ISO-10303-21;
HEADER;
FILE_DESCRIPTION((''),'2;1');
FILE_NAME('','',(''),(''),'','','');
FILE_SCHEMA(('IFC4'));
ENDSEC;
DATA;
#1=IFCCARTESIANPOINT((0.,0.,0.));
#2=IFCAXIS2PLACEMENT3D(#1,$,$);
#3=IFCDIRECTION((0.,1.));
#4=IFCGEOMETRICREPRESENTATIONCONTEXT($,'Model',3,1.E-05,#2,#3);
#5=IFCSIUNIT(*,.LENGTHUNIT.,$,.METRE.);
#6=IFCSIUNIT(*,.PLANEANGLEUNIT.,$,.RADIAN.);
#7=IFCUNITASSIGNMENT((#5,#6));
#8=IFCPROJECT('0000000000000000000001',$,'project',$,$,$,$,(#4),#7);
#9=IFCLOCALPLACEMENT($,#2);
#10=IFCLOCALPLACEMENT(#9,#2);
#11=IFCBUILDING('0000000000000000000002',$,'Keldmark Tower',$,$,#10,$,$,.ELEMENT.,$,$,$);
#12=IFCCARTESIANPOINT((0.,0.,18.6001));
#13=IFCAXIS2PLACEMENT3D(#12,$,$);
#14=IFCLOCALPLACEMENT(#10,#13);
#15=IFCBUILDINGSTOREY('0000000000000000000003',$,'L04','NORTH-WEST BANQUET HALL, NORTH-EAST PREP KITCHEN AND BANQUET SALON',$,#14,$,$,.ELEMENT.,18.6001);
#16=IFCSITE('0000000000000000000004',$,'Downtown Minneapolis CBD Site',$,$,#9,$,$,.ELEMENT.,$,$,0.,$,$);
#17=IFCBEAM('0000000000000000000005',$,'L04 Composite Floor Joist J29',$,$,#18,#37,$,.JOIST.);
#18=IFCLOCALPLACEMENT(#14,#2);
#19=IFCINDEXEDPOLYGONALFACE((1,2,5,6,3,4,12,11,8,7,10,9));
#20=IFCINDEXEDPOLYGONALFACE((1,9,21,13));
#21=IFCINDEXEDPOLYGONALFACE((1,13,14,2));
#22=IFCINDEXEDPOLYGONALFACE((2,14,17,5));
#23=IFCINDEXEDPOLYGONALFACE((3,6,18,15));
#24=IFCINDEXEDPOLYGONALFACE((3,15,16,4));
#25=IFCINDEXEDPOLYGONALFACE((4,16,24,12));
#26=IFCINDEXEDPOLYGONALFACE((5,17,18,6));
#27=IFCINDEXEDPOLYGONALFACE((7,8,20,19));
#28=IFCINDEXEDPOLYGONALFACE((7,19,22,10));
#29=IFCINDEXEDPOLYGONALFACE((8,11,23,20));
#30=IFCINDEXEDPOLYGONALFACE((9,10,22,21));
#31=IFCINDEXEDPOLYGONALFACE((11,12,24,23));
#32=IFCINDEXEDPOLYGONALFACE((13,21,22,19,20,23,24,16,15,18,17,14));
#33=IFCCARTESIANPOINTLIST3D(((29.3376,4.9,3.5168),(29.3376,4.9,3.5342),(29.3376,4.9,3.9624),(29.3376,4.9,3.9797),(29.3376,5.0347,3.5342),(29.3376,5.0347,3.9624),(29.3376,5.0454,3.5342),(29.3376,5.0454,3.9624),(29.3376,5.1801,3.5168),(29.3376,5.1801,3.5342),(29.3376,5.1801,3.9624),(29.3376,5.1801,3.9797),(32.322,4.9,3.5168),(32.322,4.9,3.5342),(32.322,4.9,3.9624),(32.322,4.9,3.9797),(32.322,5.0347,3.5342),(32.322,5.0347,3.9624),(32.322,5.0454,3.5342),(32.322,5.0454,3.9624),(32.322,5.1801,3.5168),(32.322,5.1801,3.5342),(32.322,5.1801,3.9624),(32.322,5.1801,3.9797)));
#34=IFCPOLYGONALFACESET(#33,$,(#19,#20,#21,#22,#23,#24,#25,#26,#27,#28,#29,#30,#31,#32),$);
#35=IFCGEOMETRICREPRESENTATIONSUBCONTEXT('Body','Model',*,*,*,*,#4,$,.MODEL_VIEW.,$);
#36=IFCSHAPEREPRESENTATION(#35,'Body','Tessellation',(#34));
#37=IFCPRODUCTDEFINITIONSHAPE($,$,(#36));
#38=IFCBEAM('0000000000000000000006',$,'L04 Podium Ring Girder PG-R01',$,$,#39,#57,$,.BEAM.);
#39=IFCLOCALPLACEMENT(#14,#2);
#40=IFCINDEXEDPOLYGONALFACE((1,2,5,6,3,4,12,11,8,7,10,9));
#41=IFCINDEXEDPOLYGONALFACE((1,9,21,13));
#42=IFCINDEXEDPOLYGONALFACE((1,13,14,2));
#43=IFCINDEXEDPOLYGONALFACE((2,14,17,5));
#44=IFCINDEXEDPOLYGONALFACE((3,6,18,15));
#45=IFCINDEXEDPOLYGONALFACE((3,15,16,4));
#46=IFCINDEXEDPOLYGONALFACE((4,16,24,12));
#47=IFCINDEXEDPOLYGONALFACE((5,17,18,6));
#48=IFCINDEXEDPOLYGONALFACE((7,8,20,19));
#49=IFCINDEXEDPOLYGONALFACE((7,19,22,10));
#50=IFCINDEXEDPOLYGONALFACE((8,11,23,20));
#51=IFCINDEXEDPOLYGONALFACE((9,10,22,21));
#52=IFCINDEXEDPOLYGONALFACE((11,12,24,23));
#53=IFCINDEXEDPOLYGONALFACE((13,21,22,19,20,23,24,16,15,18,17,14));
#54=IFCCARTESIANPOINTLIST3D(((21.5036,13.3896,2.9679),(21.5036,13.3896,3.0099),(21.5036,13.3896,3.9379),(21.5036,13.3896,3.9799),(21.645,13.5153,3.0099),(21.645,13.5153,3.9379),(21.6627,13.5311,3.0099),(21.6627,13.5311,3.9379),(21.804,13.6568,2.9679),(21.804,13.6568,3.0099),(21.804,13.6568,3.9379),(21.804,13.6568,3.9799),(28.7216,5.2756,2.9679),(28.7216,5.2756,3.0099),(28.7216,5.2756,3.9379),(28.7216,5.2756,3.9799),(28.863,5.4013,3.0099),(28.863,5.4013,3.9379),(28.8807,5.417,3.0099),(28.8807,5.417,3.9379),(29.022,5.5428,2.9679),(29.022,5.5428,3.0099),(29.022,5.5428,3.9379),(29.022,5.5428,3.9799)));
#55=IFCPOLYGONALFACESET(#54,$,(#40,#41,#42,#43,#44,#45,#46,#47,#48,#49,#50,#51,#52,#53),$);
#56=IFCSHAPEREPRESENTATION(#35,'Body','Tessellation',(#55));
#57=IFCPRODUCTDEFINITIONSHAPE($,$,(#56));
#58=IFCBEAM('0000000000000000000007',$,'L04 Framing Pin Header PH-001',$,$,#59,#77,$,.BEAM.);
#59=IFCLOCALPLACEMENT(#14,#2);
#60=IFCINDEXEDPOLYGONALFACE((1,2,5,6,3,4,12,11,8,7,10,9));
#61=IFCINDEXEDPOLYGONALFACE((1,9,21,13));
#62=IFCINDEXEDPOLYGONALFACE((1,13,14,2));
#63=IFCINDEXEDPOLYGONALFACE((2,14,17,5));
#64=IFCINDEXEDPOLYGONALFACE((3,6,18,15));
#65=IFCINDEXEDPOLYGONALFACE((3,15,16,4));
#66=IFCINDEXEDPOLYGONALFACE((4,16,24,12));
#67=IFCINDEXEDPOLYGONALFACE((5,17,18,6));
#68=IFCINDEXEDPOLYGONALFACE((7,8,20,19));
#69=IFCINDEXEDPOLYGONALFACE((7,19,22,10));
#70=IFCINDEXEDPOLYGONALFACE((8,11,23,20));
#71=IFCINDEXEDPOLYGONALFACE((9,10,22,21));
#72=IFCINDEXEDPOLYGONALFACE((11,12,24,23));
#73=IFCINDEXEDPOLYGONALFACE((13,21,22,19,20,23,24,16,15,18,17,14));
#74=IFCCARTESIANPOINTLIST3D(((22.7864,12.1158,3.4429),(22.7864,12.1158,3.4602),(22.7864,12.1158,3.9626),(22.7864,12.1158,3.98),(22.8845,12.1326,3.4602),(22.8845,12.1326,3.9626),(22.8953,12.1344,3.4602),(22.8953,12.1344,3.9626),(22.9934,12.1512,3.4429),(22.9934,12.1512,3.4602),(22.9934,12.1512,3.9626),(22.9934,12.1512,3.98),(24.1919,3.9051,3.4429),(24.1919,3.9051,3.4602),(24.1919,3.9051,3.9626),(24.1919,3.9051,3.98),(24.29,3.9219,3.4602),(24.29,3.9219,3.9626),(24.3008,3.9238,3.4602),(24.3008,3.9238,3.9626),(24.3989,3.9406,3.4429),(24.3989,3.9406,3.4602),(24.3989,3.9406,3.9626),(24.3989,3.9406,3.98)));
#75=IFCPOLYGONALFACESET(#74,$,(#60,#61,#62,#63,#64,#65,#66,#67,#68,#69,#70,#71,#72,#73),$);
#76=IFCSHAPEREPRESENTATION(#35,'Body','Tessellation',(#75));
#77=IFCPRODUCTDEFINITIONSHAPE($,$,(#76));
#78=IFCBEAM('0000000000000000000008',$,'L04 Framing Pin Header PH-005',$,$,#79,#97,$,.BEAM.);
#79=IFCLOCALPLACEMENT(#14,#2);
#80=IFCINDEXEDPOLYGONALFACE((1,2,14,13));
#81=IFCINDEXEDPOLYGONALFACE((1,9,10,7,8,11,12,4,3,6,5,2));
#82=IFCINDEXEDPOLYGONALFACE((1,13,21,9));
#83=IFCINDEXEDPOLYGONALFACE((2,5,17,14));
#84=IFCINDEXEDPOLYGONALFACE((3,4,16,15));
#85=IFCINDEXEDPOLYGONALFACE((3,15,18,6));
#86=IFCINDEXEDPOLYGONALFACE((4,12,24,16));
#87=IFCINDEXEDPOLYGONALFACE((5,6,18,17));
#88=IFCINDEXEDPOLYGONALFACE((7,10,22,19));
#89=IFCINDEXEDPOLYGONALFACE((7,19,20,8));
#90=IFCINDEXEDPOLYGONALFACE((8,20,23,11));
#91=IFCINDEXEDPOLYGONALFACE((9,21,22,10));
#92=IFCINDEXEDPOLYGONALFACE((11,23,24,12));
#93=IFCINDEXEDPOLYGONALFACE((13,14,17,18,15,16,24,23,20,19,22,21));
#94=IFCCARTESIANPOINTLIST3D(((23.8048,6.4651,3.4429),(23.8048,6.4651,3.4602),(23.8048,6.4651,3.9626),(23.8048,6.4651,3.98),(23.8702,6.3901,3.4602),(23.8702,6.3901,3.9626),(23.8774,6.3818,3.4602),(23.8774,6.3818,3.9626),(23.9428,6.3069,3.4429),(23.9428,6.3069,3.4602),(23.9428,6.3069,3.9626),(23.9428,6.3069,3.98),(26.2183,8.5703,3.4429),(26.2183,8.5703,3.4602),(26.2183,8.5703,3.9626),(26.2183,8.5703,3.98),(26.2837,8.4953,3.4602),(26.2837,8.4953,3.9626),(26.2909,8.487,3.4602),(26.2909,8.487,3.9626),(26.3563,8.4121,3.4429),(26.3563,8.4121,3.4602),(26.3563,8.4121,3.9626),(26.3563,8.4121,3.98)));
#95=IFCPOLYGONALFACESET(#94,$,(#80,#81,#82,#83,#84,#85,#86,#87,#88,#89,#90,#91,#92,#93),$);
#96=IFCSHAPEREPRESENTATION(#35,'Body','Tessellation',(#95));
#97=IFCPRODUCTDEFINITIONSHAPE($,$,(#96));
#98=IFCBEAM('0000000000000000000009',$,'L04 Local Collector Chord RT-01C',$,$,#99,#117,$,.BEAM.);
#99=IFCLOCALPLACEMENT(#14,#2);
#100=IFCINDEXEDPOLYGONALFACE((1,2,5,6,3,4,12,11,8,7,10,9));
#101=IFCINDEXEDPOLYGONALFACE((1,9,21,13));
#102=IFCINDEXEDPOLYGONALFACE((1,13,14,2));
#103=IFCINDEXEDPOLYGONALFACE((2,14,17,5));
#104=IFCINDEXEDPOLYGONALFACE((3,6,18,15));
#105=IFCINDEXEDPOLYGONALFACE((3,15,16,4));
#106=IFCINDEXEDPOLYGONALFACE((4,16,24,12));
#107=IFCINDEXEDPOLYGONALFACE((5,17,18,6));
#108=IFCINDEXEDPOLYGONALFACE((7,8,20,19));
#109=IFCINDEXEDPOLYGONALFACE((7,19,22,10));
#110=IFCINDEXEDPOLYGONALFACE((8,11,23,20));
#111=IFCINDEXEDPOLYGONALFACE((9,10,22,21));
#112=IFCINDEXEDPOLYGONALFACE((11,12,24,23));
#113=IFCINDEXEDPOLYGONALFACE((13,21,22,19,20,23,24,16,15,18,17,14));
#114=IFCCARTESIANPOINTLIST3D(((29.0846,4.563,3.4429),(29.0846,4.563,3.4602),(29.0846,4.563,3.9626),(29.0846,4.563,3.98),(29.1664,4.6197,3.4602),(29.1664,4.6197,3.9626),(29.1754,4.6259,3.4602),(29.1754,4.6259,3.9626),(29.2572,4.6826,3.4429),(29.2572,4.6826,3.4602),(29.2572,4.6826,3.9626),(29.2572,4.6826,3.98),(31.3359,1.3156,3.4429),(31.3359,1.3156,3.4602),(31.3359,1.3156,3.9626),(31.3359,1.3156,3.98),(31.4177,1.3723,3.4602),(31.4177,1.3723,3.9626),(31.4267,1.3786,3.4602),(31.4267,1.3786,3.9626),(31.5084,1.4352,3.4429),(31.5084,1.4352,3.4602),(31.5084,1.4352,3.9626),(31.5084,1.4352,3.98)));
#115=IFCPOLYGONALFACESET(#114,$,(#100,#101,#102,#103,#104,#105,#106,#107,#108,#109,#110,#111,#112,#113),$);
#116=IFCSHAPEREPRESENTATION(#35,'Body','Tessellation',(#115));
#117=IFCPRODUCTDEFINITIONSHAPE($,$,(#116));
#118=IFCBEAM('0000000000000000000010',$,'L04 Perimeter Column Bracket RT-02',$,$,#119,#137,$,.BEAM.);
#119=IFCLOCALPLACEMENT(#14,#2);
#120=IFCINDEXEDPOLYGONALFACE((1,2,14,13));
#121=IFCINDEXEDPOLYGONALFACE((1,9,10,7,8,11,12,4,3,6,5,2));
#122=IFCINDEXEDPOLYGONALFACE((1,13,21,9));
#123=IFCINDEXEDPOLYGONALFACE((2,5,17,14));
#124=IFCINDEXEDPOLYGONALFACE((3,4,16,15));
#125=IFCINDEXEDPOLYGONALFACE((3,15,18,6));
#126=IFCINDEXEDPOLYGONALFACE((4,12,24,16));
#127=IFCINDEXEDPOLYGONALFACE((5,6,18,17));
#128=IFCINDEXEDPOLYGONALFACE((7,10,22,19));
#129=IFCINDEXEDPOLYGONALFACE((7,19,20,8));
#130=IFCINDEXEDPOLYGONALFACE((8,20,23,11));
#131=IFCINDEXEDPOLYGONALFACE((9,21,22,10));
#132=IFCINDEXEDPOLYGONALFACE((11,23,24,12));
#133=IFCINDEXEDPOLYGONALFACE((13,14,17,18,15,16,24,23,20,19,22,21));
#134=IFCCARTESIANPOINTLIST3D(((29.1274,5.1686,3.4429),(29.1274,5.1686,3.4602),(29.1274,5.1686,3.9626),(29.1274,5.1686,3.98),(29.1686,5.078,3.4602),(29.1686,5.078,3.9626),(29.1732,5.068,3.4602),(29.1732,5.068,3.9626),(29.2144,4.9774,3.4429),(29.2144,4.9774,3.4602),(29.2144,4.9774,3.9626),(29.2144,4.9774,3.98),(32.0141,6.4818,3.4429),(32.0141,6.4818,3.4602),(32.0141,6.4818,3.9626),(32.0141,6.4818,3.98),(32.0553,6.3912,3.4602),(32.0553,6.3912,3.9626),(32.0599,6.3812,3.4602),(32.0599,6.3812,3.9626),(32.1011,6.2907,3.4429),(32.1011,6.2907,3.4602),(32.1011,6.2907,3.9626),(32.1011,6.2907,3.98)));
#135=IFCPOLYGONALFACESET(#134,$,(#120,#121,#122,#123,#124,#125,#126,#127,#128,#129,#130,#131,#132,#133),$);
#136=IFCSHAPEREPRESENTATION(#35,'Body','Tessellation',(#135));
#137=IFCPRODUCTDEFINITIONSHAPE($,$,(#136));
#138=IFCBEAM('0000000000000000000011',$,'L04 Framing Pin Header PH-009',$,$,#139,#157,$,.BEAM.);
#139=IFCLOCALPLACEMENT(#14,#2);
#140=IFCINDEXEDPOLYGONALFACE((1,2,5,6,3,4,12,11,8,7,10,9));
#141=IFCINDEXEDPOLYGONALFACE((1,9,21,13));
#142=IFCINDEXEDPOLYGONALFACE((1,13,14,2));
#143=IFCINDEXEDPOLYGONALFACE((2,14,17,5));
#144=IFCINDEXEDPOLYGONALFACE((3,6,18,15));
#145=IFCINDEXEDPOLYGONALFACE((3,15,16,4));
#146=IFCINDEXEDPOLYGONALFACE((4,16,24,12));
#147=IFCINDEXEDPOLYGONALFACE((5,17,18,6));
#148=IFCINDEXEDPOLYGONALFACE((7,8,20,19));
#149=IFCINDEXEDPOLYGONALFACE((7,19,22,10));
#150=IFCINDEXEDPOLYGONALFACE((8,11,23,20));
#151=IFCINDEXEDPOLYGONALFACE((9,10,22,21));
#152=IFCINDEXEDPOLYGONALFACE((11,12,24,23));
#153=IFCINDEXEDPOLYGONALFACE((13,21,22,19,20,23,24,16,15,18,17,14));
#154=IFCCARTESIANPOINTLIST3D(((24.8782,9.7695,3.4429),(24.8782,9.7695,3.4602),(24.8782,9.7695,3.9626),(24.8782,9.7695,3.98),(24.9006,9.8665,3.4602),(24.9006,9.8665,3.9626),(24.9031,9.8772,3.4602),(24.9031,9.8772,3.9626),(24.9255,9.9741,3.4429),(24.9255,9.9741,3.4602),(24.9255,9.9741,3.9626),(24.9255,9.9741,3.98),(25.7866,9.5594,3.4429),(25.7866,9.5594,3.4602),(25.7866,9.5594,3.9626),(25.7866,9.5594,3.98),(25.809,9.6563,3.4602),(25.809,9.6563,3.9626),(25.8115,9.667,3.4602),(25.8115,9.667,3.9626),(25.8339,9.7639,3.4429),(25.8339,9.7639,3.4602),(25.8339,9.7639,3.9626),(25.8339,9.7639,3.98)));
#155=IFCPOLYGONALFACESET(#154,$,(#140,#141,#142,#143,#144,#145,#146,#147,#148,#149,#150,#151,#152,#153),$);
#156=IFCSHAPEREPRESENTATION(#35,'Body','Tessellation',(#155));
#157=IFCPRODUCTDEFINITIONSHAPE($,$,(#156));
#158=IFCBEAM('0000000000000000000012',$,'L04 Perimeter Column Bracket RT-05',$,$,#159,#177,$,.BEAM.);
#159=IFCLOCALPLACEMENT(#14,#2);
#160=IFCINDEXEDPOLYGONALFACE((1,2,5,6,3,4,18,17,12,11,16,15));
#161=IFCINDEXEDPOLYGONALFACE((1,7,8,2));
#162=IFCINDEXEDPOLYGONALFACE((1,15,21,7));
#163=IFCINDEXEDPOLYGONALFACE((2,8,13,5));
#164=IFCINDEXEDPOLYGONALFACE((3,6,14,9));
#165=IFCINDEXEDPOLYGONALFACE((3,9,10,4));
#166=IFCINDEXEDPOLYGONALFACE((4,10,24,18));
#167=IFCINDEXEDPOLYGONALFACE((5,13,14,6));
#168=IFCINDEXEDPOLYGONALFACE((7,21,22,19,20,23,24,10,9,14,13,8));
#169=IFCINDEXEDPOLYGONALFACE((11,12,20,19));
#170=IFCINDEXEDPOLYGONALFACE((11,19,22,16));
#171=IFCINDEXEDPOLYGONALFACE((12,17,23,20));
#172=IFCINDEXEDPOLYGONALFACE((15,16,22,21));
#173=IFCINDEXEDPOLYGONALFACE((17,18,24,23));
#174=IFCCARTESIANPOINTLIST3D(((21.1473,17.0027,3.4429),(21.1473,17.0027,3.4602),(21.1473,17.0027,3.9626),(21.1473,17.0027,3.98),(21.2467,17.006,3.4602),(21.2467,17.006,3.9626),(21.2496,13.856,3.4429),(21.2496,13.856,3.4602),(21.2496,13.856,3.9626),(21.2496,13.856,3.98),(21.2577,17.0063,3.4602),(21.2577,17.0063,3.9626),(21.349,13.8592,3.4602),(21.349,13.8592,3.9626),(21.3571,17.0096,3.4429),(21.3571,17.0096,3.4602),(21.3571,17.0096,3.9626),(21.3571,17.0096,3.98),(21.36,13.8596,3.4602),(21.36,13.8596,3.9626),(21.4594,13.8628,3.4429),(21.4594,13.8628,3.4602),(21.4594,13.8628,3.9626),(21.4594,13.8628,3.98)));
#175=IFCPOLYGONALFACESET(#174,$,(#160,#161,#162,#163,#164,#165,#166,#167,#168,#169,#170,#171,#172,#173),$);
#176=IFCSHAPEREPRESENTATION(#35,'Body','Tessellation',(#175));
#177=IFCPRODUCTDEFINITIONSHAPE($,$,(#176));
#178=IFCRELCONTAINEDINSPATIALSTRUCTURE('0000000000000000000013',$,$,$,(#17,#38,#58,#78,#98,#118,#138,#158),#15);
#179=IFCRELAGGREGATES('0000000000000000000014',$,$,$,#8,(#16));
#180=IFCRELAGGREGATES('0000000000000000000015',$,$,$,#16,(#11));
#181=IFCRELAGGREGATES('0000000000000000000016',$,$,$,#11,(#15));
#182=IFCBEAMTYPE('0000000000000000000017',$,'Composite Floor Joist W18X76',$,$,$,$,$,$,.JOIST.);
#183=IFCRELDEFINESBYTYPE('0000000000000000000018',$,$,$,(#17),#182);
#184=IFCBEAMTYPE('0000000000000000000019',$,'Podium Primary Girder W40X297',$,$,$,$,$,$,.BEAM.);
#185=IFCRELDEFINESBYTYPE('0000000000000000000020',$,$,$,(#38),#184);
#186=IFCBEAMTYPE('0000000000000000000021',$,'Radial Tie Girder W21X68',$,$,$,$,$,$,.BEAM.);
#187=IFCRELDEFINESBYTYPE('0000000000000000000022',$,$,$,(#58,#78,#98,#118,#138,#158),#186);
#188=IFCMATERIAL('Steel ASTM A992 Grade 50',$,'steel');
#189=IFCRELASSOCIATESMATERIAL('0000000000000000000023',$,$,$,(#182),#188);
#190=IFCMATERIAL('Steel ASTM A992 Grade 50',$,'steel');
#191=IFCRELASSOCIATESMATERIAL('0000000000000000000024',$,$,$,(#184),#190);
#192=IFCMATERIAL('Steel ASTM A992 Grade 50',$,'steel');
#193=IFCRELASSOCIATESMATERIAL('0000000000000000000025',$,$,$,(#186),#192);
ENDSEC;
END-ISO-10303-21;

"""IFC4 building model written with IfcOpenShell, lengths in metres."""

from ifc_helpers import new_model, si_unit, direction, frame, origin, origin_2d, place, context, subcontext, project, spatial, i_section, extrude, material, material_profile, profile_set, type_object, element, save


model = new_model("IFC4")

# Units and contexts
model_context = context("Model", 3, precision=1e-05, world=origin(), true_north=direction((0.0, 1.0)))
body_context = subcontext(model_context, "Body", "Model", "MODEL_VIEW")
ifc_project = project(units=[si_unit("LENGTHUNIT", "METRE"), si_unit("PLANEANGLEUNIT", "RADIAN")], contexts=[model_context])

# Site, building, storey
site_placement = place(None, origin())
site = spatial("IfcSite", under=ifc_project, at=site_placement, Name="Downtown Minneapolis CBD Site", CompositionType="ELEMENT", RefElevation=0.0)
building_placement = place(site_placement, origin())
building = spatial("IfcBuilding", under=site, at=building_placement, Name="Keldmark Tower", CompositionType="ELEMENT")
storey_placement = place(building_placement, frame((0.0, 0.0, 18.6001)))
storey = spatial("IfcBuildingStorey", under=building, at=storey_placement, Name="L04", Description="NORTH-WEST BANQUET HALL, NORTH-EAST PREP KITCHEN AND BANQUET SALON", CompositionType="ELEMENT", Elevation=18.6001)

# Beams
ifc_material_1 = material(Name="Steel ASTM A992 Grade 50", Category="steel")
ifc_material_profile_1 = material_profile(ifc_material_1, i_section(OverallWidth=0.28, OverallDepth=0.4629, WebThickness=0.0107, FlangeThickness=0.0173, at=origin_2d()), Name="W18X76")
ifc_profile_set_1 = profile_set([ifc_material_profile_1], Name="Steel ASTM A992 Grade 50")
beam_type_1 = type_object("IfcBeamType", Name="Composite Floor Joist W18X76", PredefinedType="JOIST", material=ifc_profile_set_1)
beam_1_placement = place(storey_placement, frame((29.3376, 5.04, 3.7483), z_axis=(1.0, 0.0, 0.0), x_axis=(0.0, 1.0, 0.0)))
element("IfcBeam", 1, at=beam_1_placement, inside=storey, type_object=beam_type_1, Name="L04 Composite Floor Joist J29", PredefinedType="JOIST", context=body_context, shape_type="SweptSolid", body=[
    extrude(i_section(OverallWidth=0.28, OverallDepth=0.4629, WebThickness=0.0107, FlangeThickness=0.0173, at=origin_2d()), origin(), (0.0, 0.0, 1.0), 2.9844),
])
ifc_material_2 = material(Name="Steel ASTM A992 Grade 50", Category="steel")
ifc_material_profile_2 = material_profile(ifc_material_2, i_section(OverallWidth=0.4021, OverallDepth=1.012, WebThickness=0.0237, FlangeThickness=0.042, at=origin_2d()), Name="W40X297")
ifc_profile_set_2 = profile_set([ifc_material_profile_2], Name="Steel ASTM A992 Grade 50")
beam_type_2 = type_object("IfcBeamType", Name="Podium Primary Girder W40X297", PredefinedType="BEAM", material=ifc_profile_set_2)
beam_2_placement = place(storey_placement, frame((28.8718, 5.4092, 3.4739), z_axis=(-0.66465, 0.747155, 0.0), x_axis=(-0.747155, -0.66465, 0.0)))
element("IfcBeam", 2, at=beam_2_placement, inside=storey, type_object=beam_type_2, Name="L04 Podium Ring Girder PG-R01", PredefinedType="BEAM", context=body_context, shape_type="SweptSolid", body=[
    extrude(i_section(OverallWidth=0.4021, OverallDepth=1.012, WebThickness=0.0237, FlangeThickness=0.042, at=origin_2d()), origin(), (0.0, 0.0, 1.0), 10.8599),
])
ifc_material_3 = material(Name="Steel ASTM A992 Grade 50", Category="steel")
ifc_material_profile_3 = material_profile(ifc_material_3, i_section(OverallWidth=0.21, OverallDepth=0.5371, WebThickness=0.011, FlangeThickness=0.0173, at=origin_2d()), Name="W21X68")
ifc_profile_set_3 = profile_set([ifc_material_profile_3], Name="Steel ASTM A992 Grade 50")
beam_type_3 = type_object("IfcBeamType", Name="Radial Tie Girder W21X68", PredefinedType="BEAM", material=ifc_profile_set_3)
beam_3_placement = place(storey_placement, frame((24.2954, 3.9229, 3.7114), z_axis=(-0.168727, 0.985663, 0.0), x_axis=(-0.985663, -0.168727, 0.0)))
element("IfcBeam", 3, at=beam_3_placement, inside=storey, type_object=beam_type_3, Name="L04 Framing Pin Header PH-001", PredefinedType="BEAM", context=body_context, shape_type="SweptSolid", body=[
    extrude(i_section(OverallWidth=0.21, OverallDepth=0.5371, WebThickness=0.011, FlangeThickness=0.0173, at=origin_2d()), origin(), (0.0, 0.0, 1.0), 8.3301),
])
beam_4_placement = place(storey_placement, frame((23.8738, 6.386, 3.7114), z_axis=(0.753605, 0.657327, 0.0), x_axis=(-0.657327, 0.753605, 0.0)))
element("IfcBeam", 4, at=beam_4_placement, inside=storey, type_object=beam_type_3, Name="L04 Framing Pin Header PH-005", PredefinedType="BEAM", context=body_context, shape_type="SweptSolid", body=[
    extrude(i_section(OverallWidth=0.21, OverallDepth=0.5371, WebThickness=0.011, FlangeThickness=0.0173, at=origin_2d()), origin(), (0.0, 0.0, 1.0), 3.2026),
])
beam_5_placement = place(storey_placement, frame((29.1709, 4.6228, 3.7114), z_axis=(0.569737, -0.821827, 0.0), x_axis=(0.821827, 0.569737, 0.0)))
element("IfcBeam", 5, at=beam_5_placement, inside=storey, type_object=beam_type_3, Name="L04 Local Collector Chord RT-01C", PredefinedType="BEAM", context=body_context, shape_type="SweptSolid", body=[
    extrude(i_section(OverallWidth=0.21, OverallDepth=0.5371, WebThickness=0.011, FlangeThickness=0.0173, at=origin_2d()), origin(), (0.0, 0.0, 1.0), 3.9514),
])
beam_6_placement = place(storey_placement, frame((29.1709, 5.073, 3.7114), z_axis=(0.910237, 0.414087, 0.0), x_axis=(-0.414087, 0.910237, 0.0)))
element("IfcBeam", 6, at=beam_6_placement, inside=storey, type_object=beam_type_3, Name="L04 Perimeter Column Bracket RT-02", PredefinedType="BEAM", context=body_context, shape_type="SweptSolid", body=[
    extrude(i_section(OverallWidth=0.21, OverallDepth=0.5371, WebThickness=0.011, FlangeThickness=0.0173, at=origin_2d()), origin(), (0.0, 0.0, 1.0), 3.1714),
])
beam_7_placement = place(storey_placement, frame((24.9019, 9.8718, 3.7114), z_axis=(0.974259, -0.225433, 0.0), x_axis=(0.225433, 0.974259, 0.0)))
element("IfcBeam", 7, at=beam_7_placement, inside=storey, type_object=beam_type_3, Name="L04 Framing Pin Header PH-009", PredefinedType="BEAM", context=body_context, shape_type="SweptSolid", body=[
    extrude(i_section(OverallWidth=0.21, OverallDepth=0.5371, WebThickness=0.011, FlangeThickness=0.0173, at=origin_2d()), origin(), (0.0, 0.0, 1.0), 0.9324),
])
beam_8_placement = place(storey_placement, frame((21.3545, 13.8594, 3.7114), z_axis=(-0.032491, 0.999472, 0.0), x_axis=(-0.999472, -0.032491, 0.0)))
element("IfcBeam", 8, at=beam_8_placement, inside=storey, type_object=beam_type_3, Name="L04 Perimeter Column Bracket RT-05", PredefinedType="BEAM", context=body_context, shape_type="SweptSolid", body=[
    extrude(i_section(OverallWidth=0.21, OverallDepth=0.5371, WebThickness=0.011, FlangeThickness=0.0173, at=origin_2d()), origin(), (0.0, 0.0, 1.0), 3.1484),
])

save(model, "model.ifc")
